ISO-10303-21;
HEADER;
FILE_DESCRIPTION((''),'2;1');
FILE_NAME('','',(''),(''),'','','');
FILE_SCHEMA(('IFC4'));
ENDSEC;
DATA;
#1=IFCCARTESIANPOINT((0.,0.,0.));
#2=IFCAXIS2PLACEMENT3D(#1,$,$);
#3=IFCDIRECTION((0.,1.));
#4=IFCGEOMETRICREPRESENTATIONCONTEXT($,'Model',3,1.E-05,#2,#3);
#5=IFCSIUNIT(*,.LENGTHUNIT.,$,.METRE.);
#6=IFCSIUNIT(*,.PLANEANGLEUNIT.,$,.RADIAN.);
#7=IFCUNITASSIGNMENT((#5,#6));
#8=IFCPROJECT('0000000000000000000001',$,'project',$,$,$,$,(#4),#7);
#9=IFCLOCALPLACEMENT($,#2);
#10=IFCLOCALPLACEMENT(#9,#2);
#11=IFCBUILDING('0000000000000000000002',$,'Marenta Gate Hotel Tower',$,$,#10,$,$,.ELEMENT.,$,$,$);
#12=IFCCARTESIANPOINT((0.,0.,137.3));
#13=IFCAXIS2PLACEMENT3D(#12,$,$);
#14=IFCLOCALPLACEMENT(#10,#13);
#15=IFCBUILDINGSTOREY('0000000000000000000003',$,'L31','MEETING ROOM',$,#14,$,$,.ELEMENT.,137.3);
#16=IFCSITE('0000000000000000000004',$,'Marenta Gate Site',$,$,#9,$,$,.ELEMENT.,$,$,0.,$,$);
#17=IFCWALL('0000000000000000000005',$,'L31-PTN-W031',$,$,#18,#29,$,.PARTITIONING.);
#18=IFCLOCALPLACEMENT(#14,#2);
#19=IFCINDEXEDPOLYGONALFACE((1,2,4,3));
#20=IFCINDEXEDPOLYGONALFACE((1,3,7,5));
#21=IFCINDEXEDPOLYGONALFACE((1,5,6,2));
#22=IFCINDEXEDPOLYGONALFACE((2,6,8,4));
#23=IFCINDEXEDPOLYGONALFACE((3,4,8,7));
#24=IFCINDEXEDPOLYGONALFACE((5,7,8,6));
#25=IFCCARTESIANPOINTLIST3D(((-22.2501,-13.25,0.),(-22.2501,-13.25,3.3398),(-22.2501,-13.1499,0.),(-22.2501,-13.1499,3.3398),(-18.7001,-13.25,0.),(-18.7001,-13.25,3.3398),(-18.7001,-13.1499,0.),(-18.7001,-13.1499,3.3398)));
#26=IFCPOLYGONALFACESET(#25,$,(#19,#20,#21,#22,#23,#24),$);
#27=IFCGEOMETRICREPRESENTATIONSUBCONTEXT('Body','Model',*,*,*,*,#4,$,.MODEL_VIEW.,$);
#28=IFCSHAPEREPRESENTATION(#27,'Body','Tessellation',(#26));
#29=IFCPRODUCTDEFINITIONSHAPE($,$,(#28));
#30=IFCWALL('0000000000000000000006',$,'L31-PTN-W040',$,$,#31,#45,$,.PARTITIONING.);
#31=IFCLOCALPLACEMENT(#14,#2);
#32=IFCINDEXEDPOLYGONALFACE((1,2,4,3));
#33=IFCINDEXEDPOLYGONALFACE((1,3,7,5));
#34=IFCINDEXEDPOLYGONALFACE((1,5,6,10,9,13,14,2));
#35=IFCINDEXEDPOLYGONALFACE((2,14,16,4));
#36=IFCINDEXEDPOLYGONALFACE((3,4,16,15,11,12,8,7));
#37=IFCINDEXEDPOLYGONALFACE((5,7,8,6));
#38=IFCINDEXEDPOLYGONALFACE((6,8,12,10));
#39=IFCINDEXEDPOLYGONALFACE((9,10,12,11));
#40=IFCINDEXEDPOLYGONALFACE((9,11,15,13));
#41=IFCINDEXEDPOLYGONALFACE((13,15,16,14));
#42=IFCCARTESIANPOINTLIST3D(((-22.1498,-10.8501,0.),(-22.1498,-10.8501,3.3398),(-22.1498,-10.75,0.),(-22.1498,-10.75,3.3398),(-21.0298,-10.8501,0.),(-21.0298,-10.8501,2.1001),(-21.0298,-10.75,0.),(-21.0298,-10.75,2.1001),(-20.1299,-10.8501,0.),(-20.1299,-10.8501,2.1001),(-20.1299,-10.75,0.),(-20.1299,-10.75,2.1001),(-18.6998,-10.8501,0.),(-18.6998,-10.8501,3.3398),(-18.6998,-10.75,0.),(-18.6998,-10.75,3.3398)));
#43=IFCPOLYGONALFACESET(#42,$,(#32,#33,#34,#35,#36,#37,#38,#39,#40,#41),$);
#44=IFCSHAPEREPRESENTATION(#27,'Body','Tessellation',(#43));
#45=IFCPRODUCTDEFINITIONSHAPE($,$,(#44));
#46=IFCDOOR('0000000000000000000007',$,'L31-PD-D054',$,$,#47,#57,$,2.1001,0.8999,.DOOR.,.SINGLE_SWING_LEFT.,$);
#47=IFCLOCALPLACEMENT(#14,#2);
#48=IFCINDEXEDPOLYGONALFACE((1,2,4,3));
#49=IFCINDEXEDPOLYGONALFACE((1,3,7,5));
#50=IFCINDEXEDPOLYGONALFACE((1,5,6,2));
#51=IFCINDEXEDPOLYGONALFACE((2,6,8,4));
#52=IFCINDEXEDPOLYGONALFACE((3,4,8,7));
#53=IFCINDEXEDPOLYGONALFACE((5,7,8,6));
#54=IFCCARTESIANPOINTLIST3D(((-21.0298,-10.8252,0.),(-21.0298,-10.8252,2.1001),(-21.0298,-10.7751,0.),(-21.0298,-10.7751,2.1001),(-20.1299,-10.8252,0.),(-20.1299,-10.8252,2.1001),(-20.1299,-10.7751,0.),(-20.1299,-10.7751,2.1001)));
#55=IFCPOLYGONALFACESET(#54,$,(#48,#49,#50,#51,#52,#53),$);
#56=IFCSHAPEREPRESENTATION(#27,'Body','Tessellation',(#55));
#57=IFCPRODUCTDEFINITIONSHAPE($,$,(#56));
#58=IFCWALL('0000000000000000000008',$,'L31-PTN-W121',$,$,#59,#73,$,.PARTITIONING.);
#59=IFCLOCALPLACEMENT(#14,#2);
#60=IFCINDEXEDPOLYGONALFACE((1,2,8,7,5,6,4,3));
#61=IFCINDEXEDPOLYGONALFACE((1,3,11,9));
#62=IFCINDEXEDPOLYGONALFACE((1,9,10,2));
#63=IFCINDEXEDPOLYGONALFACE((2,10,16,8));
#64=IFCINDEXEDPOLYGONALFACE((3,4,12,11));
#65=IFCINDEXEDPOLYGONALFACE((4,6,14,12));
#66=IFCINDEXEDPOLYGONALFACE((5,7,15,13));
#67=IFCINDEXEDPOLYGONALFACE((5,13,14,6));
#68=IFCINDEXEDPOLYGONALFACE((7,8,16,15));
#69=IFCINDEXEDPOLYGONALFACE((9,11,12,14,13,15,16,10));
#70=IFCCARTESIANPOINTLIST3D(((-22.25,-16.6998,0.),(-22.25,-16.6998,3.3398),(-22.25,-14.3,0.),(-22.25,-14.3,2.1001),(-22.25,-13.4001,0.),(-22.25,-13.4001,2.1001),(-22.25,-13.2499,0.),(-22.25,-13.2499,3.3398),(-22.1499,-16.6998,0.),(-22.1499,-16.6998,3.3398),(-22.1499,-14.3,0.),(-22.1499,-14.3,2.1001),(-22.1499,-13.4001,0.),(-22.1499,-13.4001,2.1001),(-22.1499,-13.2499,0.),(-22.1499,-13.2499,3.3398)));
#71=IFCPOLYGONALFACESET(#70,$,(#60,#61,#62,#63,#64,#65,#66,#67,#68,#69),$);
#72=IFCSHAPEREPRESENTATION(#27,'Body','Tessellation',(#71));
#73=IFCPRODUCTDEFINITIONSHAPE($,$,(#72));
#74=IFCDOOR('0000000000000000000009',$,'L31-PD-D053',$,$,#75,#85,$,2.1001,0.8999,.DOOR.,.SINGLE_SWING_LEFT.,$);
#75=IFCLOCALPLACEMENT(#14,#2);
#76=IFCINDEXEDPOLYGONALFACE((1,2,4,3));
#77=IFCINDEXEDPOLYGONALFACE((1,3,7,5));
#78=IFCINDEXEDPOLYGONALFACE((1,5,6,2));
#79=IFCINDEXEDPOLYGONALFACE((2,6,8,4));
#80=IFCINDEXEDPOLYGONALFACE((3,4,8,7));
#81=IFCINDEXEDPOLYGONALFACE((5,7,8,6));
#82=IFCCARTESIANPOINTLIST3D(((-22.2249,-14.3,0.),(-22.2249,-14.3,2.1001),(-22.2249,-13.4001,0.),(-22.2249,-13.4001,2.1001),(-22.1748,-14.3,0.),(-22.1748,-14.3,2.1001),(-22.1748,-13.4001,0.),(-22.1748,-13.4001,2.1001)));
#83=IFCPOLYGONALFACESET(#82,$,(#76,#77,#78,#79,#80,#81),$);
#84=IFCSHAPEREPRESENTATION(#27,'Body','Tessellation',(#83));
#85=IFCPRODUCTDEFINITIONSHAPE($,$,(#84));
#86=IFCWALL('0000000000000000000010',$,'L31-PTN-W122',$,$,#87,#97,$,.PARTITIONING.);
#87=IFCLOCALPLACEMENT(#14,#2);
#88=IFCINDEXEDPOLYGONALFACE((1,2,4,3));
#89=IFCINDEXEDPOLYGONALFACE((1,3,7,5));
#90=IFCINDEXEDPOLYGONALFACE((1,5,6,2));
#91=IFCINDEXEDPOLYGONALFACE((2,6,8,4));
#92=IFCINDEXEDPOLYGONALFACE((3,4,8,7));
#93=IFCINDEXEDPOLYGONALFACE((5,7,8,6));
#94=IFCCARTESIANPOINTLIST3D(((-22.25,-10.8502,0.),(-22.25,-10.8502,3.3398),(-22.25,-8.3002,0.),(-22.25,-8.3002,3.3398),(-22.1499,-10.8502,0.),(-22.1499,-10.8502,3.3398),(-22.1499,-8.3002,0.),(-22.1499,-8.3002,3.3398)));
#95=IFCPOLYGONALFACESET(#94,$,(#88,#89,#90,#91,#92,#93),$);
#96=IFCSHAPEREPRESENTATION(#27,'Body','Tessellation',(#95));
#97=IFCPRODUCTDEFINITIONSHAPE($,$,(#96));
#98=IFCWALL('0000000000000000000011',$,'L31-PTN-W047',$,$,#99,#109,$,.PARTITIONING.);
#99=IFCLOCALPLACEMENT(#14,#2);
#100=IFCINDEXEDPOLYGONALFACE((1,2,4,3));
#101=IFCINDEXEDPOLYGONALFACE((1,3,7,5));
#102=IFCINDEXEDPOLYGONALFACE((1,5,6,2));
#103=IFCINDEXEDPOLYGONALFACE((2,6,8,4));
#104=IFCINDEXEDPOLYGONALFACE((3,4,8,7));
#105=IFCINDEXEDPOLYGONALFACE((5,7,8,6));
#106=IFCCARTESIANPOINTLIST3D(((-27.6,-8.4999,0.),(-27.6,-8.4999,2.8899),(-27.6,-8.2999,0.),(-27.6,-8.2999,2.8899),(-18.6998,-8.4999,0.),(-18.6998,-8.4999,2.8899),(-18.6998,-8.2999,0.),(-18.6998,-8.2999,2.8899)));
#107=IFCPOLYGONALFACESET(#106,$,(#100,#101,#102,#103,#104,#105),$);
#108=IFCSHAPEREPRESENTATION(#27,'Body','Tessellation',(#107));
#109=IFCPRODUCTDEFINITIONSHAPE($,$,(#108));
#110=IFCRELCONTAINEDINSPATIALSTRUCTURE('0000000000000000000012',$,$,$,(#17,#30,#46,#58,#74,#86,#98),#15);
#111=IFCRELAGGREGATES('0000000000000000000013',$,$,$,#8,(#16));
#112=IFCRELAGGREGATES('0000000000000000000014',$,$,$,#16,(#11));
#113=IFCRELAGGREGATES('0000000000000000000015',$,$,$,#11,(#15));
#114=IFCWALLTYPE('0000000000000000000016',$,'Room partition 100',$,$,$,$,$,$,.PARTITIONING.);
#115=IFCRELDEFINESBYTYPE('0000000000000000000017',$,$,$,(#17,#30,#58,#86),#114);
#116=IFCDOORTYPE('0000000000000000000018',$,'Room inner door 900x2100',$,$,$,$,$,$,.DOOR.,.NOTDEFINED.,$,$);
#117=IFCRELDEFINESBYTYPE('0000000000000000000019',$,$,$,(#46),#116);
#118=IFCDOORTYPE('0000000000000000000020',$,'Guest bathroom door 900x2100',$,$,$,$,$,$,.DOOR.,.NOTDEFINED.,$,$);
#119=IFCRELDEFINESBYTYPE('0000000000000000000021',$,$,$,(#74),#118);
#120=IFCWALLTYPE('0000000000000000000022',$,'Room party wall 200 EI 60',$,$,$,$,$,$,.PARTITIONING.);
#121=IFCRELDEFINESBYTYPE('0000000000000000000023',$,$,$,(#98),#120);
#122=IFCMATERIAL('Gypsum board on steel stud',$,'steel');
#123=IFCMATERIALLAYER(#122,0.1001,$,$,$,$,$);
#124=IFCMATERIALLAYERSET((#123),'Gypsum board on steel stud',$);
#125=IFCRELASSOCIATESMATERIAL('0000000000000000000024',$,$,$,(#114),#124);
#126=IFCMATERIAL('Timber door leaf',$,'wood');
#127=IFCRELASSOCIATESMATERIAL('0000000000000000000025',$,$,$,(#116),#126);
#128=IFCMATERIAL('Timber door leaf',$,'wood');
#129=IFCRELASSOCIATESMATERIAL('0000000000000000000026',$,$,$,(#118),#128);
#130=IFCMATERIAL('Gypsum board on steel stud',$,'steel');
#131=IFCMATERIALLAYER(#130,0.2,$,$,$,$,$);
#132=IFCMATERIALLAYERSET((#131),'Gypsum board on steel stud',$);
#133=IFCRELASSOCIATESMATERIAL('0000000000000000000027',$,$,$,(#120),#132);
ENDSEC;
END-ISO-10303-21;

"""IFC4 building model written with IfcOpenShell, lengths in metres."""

from ifc_helpers import new_model, si_unit, direction, frame, frame_2d, origin, place, context, subcontext, project, spatial, rectangle, extrude, material, layer, layer_set, type_object, element, fill, save


model = new_model("IFC4")

# Units and contexts
model_context = context("Model", 3, precision=1e-05, world=origin(), true_north=direction((0.0, 1.0)))
body_context = subcontext(model_context, "Body", "Model", "MODEL_VIEW")
ifc_project = project(units=[si_unit("LENGTHUNIT", "METRE"), si_unit("PLANEANGLEUNIT", "RADIAN")], contexts=[model_context])

# Site, building, storey
site_placement = place(None, origin())
site = spatial("IfcSite", under=ifc_project, at=site_placement, Name="Marenta Gate Site", CompositionType="ELEMENT", RefElevation=0.0)
building_placement = place(site_placement, origin())
building = spatial("IfcBuilding", under=site, at=building_placement, Name="Marenta Gate Hotel Tower", CompositionType="ELEMENT")
storey_placement = place(building_placement, frame((0.0, 0.0, 137.3)))
storey = spatial("IfcBuildingStorey", under=building, at=storey_placement, Name="L31", Description="MEETING ROOM", CompositionType="ELEMENT", Elevation=137.3)

# Wall
ifc_material_1 = material(Name="Gypsum board on steel stud", Category="steel")
ifc_layer_1 = layer(ifc_material_1, 0.1001)
ifc_layer_set_1 = layer_set([ifc_layer_1], Name="Gypsum board on steel stud")
wall_type_1 = type_object("IfcWallType", Name="Room partition 100", PredefinedType="PARTITIONING", material=ifc_layer_set_1)
wall_1_placement = place(storey_placement, frame((-22.25, -13.2, 0.0), z_axis=(0.0, 0.0, 1.0), x_axis=(1.0, 0.0, 0.0)))
element("IfcWall", 1, at=wall_1_placement, inside=storey, type_object=wall_type_1, Name="L31-PTN-W031", PredefinedType="PARTITIONING", context=body_context, shape_type="SweptSolid", body=[
    extrude(rectangle(XDim=3.55, YDim=0.1001, at=frame_2d((1.7749, 0.0))), origin(), (0.0, 0.0, 1.0), 3.3398),
])

# Walls, openings, doors
wall_2_placement = place(storey_placement, frame((-22.1499, -10.8, 0.0), z_axis=(0.0, 0.0, 1.0), x_axis=(1.0, 0.0, 0.0)))
wall_2 = element("IfcWall", 2, at=wall_2_placement, inside=storey, type_object=wall_type_1, Name="L31-PTN-W040", PredefinedType="PARTITIONING", context=body_context, shape_type="SweptSolid", body=[
    extrude(rectangle(XDim=3.45, YDim=0.1001, at=frame_2d((1.7251, 0.0))), origin(), (0.0, 0.0, 1.0), 3.3398),
])
opening_1_placement = place(wall_2_placement, frame((1.1201, 0.0, 0.0)))
opening_1 = element("IfcOpeningElement", 3, at=opening_1_placement, cuts=wall_2, PredefinedType="OPENING", context=body_context, shape_type="SweptSolid", body=[
    extrude(rectangle(XDim=0.8999, YDim=2.1001, at=frame_2d((0.45, 1.05))), frame((0.0, 0.05, 0.0), z_axis=(0.0, -1.0, 0.0), x_axis=(1.0, 0.0, 0.0)), (0.0, 0.0, 1.0), 0.1001),
])
ifc_material_2 = material(Name="Timber door leaf", Category="wood")
door_type_1 = type_object("IfcDoorType", Name="Room inner door 900x2100", OperationType="NOTDEFINED", PredefinedType="DOOR", material=ifc_material_2)
door_1_placement = place(opening_1_placement, origin())
door_1 = element("IfcDoor", 4, at=door_1_placement, inside=storey, type_object=door_type_1, Name="L31-PD-D054", OperationType="SINGLE_SWING_LEFT", OverallHeight=2.1001, OverallWidth=0.8999, PredefinedType="DOOR", context=body_context, shape_type="SweptSolid", body=[
    extrude(rectangle(XDim=0.8999, YDim=2.1001, at=frame_2d((0.45, 1.05))), frame((0.0, 0.0249, 0.0), z_axis=(0.0, -1.0, 0.0), x_axis=(1.0, 0.0, 0.0)), (0.0, 0.0, 1.0), 0.05),
])
fill(opening_1, door_1)
wall_3_placement = place(storey_placement, frame((-22.2, -16.7, 0.0), z_axis=(0.0, 0.0, 1.0), x_axis=(0.0, 1.0, 0.0)))
wall_3 = element("IfcWall", 5, at=wall_3_placement, inside=storey, type_object=wall_type_1, Name="L31-PTN-W121", PredefinedType="PARTITIONING", context=body_context, shape_type="SweptSolid", body=[
    extrude(rectangle(XDim=3.45, YDim=0.1001, at=frame_2d((1.7251, 0.0))), origin(), (0.0, 0.0, 1.0), 3.3398),
])
opening_2_placement = place(wall_3_placement, frame((2.3999, 0.0, 0.0)))
opening_2 = element("IfcOpeningElement", 6, at=opening_2_placement, cuts=wall_3, PredefinedType="OPENING", context=body_context, shape_type="SweptSolid", body=[
    extrude(rectangle(XDim=0.8999, YDim=2.1001, at=frame_2d((0.45, 1.05))), frame((0.0, 0.05, 0.0), z_axis=(0.0, -1.0, 0.0), x_axis=(1.0, 0.0, 0.0)), (0.0, 0.0, 1.0), 0.1001),
])
ifc_material_3 = material(Name="Timber door leaf", Category="wood")
door_type_2 = type_object("IfcDoorType", Name="Guest bathroom door 900x2100", OperationType="NOTDEFINED", PredefinedType="DOOR", material=ifc_material_3)
door_2_placement = place(opening_2_placement, origin())
door_2 = element("IfcDoor", 7, at=door_2_placement, inside=storey, type_object=door_type_2, Name="L31-PD-D053", OperationType="SINGLE_SWING_LEFT", OverallHeight=2.1001, OverallWidth=0.8999, PredefinedType="DOOR", context=body_context, shape_type="SweptSolid", body=[
    extrude(rectangle(XDim=0.8999, YDim=2.1001, at=frame_2d((0.45, 1.05))), frame((0.0, 0.0249, 0.0), z_axis=(0.0, -1.0, 0.0), x_axis=(1.0, 0.0, 0.0)), (0.0, 0.0, 1.0), 0.05),
])
fill(opening_2, door_2)

# Walls
wall_4_placement = place(storey_placement, frame((-22.2, -10.8501, 0.0), z_axis=(0.0, 0.0, 1.0), x_axis=(0.0, 1.0, 0.0)))
element("IfcWall", 8, at=wall_4_placement, inside=storey, type_object=wall_type_1, Name="L31-PTN-W122", PredefinedType="PARTITIONING", context=body_context, shape_type="SweptSolid", body=[
    extrude(rectangle(XDim=2.55, YDim=0.1001, at=frame_2d((1.2749, 0.0))), origin(), (0.0, 0.0, 1.0), 3.3398),
])
ifc_material_4 = material(Name="Gypsum board on steel stud", Category="steel")
ifc_layer_2 = layer(ifc_material_4, 0.2)
ifc_layer_set_2 = layer_set([ifc_layer_2], Name="Gypsum board on steel stud")
wall_type_2 = type_object("IfcWallType", Name="Room party wall 200 EI 60", PredefinedType="PARTITIONING", material=ifc_layer_set_2)
wall_5_placement = place(storey_placement, frame((-27.6001, -8.3999, 0.0), z_axis=(0.0, 0.0, 1.0), x_axis=(1.0, 0.0, 0.0)))
element("IfcWall", 9, at=wall_5_placement, inside=storey, type_object=wall_type_2, Name="L31-PTN-W047", PredefinedType="PARTITIONING", context=body_context, shape_type="SweptSolid", body=[
    extrude(rectangle(XDim=8.9001, YDim=0.2, at=frame_2d((4.4502, 0.0))), origin(), (0.0, 0.0, 1.0), 2.8899),
])

save(model, "model.ifc")
